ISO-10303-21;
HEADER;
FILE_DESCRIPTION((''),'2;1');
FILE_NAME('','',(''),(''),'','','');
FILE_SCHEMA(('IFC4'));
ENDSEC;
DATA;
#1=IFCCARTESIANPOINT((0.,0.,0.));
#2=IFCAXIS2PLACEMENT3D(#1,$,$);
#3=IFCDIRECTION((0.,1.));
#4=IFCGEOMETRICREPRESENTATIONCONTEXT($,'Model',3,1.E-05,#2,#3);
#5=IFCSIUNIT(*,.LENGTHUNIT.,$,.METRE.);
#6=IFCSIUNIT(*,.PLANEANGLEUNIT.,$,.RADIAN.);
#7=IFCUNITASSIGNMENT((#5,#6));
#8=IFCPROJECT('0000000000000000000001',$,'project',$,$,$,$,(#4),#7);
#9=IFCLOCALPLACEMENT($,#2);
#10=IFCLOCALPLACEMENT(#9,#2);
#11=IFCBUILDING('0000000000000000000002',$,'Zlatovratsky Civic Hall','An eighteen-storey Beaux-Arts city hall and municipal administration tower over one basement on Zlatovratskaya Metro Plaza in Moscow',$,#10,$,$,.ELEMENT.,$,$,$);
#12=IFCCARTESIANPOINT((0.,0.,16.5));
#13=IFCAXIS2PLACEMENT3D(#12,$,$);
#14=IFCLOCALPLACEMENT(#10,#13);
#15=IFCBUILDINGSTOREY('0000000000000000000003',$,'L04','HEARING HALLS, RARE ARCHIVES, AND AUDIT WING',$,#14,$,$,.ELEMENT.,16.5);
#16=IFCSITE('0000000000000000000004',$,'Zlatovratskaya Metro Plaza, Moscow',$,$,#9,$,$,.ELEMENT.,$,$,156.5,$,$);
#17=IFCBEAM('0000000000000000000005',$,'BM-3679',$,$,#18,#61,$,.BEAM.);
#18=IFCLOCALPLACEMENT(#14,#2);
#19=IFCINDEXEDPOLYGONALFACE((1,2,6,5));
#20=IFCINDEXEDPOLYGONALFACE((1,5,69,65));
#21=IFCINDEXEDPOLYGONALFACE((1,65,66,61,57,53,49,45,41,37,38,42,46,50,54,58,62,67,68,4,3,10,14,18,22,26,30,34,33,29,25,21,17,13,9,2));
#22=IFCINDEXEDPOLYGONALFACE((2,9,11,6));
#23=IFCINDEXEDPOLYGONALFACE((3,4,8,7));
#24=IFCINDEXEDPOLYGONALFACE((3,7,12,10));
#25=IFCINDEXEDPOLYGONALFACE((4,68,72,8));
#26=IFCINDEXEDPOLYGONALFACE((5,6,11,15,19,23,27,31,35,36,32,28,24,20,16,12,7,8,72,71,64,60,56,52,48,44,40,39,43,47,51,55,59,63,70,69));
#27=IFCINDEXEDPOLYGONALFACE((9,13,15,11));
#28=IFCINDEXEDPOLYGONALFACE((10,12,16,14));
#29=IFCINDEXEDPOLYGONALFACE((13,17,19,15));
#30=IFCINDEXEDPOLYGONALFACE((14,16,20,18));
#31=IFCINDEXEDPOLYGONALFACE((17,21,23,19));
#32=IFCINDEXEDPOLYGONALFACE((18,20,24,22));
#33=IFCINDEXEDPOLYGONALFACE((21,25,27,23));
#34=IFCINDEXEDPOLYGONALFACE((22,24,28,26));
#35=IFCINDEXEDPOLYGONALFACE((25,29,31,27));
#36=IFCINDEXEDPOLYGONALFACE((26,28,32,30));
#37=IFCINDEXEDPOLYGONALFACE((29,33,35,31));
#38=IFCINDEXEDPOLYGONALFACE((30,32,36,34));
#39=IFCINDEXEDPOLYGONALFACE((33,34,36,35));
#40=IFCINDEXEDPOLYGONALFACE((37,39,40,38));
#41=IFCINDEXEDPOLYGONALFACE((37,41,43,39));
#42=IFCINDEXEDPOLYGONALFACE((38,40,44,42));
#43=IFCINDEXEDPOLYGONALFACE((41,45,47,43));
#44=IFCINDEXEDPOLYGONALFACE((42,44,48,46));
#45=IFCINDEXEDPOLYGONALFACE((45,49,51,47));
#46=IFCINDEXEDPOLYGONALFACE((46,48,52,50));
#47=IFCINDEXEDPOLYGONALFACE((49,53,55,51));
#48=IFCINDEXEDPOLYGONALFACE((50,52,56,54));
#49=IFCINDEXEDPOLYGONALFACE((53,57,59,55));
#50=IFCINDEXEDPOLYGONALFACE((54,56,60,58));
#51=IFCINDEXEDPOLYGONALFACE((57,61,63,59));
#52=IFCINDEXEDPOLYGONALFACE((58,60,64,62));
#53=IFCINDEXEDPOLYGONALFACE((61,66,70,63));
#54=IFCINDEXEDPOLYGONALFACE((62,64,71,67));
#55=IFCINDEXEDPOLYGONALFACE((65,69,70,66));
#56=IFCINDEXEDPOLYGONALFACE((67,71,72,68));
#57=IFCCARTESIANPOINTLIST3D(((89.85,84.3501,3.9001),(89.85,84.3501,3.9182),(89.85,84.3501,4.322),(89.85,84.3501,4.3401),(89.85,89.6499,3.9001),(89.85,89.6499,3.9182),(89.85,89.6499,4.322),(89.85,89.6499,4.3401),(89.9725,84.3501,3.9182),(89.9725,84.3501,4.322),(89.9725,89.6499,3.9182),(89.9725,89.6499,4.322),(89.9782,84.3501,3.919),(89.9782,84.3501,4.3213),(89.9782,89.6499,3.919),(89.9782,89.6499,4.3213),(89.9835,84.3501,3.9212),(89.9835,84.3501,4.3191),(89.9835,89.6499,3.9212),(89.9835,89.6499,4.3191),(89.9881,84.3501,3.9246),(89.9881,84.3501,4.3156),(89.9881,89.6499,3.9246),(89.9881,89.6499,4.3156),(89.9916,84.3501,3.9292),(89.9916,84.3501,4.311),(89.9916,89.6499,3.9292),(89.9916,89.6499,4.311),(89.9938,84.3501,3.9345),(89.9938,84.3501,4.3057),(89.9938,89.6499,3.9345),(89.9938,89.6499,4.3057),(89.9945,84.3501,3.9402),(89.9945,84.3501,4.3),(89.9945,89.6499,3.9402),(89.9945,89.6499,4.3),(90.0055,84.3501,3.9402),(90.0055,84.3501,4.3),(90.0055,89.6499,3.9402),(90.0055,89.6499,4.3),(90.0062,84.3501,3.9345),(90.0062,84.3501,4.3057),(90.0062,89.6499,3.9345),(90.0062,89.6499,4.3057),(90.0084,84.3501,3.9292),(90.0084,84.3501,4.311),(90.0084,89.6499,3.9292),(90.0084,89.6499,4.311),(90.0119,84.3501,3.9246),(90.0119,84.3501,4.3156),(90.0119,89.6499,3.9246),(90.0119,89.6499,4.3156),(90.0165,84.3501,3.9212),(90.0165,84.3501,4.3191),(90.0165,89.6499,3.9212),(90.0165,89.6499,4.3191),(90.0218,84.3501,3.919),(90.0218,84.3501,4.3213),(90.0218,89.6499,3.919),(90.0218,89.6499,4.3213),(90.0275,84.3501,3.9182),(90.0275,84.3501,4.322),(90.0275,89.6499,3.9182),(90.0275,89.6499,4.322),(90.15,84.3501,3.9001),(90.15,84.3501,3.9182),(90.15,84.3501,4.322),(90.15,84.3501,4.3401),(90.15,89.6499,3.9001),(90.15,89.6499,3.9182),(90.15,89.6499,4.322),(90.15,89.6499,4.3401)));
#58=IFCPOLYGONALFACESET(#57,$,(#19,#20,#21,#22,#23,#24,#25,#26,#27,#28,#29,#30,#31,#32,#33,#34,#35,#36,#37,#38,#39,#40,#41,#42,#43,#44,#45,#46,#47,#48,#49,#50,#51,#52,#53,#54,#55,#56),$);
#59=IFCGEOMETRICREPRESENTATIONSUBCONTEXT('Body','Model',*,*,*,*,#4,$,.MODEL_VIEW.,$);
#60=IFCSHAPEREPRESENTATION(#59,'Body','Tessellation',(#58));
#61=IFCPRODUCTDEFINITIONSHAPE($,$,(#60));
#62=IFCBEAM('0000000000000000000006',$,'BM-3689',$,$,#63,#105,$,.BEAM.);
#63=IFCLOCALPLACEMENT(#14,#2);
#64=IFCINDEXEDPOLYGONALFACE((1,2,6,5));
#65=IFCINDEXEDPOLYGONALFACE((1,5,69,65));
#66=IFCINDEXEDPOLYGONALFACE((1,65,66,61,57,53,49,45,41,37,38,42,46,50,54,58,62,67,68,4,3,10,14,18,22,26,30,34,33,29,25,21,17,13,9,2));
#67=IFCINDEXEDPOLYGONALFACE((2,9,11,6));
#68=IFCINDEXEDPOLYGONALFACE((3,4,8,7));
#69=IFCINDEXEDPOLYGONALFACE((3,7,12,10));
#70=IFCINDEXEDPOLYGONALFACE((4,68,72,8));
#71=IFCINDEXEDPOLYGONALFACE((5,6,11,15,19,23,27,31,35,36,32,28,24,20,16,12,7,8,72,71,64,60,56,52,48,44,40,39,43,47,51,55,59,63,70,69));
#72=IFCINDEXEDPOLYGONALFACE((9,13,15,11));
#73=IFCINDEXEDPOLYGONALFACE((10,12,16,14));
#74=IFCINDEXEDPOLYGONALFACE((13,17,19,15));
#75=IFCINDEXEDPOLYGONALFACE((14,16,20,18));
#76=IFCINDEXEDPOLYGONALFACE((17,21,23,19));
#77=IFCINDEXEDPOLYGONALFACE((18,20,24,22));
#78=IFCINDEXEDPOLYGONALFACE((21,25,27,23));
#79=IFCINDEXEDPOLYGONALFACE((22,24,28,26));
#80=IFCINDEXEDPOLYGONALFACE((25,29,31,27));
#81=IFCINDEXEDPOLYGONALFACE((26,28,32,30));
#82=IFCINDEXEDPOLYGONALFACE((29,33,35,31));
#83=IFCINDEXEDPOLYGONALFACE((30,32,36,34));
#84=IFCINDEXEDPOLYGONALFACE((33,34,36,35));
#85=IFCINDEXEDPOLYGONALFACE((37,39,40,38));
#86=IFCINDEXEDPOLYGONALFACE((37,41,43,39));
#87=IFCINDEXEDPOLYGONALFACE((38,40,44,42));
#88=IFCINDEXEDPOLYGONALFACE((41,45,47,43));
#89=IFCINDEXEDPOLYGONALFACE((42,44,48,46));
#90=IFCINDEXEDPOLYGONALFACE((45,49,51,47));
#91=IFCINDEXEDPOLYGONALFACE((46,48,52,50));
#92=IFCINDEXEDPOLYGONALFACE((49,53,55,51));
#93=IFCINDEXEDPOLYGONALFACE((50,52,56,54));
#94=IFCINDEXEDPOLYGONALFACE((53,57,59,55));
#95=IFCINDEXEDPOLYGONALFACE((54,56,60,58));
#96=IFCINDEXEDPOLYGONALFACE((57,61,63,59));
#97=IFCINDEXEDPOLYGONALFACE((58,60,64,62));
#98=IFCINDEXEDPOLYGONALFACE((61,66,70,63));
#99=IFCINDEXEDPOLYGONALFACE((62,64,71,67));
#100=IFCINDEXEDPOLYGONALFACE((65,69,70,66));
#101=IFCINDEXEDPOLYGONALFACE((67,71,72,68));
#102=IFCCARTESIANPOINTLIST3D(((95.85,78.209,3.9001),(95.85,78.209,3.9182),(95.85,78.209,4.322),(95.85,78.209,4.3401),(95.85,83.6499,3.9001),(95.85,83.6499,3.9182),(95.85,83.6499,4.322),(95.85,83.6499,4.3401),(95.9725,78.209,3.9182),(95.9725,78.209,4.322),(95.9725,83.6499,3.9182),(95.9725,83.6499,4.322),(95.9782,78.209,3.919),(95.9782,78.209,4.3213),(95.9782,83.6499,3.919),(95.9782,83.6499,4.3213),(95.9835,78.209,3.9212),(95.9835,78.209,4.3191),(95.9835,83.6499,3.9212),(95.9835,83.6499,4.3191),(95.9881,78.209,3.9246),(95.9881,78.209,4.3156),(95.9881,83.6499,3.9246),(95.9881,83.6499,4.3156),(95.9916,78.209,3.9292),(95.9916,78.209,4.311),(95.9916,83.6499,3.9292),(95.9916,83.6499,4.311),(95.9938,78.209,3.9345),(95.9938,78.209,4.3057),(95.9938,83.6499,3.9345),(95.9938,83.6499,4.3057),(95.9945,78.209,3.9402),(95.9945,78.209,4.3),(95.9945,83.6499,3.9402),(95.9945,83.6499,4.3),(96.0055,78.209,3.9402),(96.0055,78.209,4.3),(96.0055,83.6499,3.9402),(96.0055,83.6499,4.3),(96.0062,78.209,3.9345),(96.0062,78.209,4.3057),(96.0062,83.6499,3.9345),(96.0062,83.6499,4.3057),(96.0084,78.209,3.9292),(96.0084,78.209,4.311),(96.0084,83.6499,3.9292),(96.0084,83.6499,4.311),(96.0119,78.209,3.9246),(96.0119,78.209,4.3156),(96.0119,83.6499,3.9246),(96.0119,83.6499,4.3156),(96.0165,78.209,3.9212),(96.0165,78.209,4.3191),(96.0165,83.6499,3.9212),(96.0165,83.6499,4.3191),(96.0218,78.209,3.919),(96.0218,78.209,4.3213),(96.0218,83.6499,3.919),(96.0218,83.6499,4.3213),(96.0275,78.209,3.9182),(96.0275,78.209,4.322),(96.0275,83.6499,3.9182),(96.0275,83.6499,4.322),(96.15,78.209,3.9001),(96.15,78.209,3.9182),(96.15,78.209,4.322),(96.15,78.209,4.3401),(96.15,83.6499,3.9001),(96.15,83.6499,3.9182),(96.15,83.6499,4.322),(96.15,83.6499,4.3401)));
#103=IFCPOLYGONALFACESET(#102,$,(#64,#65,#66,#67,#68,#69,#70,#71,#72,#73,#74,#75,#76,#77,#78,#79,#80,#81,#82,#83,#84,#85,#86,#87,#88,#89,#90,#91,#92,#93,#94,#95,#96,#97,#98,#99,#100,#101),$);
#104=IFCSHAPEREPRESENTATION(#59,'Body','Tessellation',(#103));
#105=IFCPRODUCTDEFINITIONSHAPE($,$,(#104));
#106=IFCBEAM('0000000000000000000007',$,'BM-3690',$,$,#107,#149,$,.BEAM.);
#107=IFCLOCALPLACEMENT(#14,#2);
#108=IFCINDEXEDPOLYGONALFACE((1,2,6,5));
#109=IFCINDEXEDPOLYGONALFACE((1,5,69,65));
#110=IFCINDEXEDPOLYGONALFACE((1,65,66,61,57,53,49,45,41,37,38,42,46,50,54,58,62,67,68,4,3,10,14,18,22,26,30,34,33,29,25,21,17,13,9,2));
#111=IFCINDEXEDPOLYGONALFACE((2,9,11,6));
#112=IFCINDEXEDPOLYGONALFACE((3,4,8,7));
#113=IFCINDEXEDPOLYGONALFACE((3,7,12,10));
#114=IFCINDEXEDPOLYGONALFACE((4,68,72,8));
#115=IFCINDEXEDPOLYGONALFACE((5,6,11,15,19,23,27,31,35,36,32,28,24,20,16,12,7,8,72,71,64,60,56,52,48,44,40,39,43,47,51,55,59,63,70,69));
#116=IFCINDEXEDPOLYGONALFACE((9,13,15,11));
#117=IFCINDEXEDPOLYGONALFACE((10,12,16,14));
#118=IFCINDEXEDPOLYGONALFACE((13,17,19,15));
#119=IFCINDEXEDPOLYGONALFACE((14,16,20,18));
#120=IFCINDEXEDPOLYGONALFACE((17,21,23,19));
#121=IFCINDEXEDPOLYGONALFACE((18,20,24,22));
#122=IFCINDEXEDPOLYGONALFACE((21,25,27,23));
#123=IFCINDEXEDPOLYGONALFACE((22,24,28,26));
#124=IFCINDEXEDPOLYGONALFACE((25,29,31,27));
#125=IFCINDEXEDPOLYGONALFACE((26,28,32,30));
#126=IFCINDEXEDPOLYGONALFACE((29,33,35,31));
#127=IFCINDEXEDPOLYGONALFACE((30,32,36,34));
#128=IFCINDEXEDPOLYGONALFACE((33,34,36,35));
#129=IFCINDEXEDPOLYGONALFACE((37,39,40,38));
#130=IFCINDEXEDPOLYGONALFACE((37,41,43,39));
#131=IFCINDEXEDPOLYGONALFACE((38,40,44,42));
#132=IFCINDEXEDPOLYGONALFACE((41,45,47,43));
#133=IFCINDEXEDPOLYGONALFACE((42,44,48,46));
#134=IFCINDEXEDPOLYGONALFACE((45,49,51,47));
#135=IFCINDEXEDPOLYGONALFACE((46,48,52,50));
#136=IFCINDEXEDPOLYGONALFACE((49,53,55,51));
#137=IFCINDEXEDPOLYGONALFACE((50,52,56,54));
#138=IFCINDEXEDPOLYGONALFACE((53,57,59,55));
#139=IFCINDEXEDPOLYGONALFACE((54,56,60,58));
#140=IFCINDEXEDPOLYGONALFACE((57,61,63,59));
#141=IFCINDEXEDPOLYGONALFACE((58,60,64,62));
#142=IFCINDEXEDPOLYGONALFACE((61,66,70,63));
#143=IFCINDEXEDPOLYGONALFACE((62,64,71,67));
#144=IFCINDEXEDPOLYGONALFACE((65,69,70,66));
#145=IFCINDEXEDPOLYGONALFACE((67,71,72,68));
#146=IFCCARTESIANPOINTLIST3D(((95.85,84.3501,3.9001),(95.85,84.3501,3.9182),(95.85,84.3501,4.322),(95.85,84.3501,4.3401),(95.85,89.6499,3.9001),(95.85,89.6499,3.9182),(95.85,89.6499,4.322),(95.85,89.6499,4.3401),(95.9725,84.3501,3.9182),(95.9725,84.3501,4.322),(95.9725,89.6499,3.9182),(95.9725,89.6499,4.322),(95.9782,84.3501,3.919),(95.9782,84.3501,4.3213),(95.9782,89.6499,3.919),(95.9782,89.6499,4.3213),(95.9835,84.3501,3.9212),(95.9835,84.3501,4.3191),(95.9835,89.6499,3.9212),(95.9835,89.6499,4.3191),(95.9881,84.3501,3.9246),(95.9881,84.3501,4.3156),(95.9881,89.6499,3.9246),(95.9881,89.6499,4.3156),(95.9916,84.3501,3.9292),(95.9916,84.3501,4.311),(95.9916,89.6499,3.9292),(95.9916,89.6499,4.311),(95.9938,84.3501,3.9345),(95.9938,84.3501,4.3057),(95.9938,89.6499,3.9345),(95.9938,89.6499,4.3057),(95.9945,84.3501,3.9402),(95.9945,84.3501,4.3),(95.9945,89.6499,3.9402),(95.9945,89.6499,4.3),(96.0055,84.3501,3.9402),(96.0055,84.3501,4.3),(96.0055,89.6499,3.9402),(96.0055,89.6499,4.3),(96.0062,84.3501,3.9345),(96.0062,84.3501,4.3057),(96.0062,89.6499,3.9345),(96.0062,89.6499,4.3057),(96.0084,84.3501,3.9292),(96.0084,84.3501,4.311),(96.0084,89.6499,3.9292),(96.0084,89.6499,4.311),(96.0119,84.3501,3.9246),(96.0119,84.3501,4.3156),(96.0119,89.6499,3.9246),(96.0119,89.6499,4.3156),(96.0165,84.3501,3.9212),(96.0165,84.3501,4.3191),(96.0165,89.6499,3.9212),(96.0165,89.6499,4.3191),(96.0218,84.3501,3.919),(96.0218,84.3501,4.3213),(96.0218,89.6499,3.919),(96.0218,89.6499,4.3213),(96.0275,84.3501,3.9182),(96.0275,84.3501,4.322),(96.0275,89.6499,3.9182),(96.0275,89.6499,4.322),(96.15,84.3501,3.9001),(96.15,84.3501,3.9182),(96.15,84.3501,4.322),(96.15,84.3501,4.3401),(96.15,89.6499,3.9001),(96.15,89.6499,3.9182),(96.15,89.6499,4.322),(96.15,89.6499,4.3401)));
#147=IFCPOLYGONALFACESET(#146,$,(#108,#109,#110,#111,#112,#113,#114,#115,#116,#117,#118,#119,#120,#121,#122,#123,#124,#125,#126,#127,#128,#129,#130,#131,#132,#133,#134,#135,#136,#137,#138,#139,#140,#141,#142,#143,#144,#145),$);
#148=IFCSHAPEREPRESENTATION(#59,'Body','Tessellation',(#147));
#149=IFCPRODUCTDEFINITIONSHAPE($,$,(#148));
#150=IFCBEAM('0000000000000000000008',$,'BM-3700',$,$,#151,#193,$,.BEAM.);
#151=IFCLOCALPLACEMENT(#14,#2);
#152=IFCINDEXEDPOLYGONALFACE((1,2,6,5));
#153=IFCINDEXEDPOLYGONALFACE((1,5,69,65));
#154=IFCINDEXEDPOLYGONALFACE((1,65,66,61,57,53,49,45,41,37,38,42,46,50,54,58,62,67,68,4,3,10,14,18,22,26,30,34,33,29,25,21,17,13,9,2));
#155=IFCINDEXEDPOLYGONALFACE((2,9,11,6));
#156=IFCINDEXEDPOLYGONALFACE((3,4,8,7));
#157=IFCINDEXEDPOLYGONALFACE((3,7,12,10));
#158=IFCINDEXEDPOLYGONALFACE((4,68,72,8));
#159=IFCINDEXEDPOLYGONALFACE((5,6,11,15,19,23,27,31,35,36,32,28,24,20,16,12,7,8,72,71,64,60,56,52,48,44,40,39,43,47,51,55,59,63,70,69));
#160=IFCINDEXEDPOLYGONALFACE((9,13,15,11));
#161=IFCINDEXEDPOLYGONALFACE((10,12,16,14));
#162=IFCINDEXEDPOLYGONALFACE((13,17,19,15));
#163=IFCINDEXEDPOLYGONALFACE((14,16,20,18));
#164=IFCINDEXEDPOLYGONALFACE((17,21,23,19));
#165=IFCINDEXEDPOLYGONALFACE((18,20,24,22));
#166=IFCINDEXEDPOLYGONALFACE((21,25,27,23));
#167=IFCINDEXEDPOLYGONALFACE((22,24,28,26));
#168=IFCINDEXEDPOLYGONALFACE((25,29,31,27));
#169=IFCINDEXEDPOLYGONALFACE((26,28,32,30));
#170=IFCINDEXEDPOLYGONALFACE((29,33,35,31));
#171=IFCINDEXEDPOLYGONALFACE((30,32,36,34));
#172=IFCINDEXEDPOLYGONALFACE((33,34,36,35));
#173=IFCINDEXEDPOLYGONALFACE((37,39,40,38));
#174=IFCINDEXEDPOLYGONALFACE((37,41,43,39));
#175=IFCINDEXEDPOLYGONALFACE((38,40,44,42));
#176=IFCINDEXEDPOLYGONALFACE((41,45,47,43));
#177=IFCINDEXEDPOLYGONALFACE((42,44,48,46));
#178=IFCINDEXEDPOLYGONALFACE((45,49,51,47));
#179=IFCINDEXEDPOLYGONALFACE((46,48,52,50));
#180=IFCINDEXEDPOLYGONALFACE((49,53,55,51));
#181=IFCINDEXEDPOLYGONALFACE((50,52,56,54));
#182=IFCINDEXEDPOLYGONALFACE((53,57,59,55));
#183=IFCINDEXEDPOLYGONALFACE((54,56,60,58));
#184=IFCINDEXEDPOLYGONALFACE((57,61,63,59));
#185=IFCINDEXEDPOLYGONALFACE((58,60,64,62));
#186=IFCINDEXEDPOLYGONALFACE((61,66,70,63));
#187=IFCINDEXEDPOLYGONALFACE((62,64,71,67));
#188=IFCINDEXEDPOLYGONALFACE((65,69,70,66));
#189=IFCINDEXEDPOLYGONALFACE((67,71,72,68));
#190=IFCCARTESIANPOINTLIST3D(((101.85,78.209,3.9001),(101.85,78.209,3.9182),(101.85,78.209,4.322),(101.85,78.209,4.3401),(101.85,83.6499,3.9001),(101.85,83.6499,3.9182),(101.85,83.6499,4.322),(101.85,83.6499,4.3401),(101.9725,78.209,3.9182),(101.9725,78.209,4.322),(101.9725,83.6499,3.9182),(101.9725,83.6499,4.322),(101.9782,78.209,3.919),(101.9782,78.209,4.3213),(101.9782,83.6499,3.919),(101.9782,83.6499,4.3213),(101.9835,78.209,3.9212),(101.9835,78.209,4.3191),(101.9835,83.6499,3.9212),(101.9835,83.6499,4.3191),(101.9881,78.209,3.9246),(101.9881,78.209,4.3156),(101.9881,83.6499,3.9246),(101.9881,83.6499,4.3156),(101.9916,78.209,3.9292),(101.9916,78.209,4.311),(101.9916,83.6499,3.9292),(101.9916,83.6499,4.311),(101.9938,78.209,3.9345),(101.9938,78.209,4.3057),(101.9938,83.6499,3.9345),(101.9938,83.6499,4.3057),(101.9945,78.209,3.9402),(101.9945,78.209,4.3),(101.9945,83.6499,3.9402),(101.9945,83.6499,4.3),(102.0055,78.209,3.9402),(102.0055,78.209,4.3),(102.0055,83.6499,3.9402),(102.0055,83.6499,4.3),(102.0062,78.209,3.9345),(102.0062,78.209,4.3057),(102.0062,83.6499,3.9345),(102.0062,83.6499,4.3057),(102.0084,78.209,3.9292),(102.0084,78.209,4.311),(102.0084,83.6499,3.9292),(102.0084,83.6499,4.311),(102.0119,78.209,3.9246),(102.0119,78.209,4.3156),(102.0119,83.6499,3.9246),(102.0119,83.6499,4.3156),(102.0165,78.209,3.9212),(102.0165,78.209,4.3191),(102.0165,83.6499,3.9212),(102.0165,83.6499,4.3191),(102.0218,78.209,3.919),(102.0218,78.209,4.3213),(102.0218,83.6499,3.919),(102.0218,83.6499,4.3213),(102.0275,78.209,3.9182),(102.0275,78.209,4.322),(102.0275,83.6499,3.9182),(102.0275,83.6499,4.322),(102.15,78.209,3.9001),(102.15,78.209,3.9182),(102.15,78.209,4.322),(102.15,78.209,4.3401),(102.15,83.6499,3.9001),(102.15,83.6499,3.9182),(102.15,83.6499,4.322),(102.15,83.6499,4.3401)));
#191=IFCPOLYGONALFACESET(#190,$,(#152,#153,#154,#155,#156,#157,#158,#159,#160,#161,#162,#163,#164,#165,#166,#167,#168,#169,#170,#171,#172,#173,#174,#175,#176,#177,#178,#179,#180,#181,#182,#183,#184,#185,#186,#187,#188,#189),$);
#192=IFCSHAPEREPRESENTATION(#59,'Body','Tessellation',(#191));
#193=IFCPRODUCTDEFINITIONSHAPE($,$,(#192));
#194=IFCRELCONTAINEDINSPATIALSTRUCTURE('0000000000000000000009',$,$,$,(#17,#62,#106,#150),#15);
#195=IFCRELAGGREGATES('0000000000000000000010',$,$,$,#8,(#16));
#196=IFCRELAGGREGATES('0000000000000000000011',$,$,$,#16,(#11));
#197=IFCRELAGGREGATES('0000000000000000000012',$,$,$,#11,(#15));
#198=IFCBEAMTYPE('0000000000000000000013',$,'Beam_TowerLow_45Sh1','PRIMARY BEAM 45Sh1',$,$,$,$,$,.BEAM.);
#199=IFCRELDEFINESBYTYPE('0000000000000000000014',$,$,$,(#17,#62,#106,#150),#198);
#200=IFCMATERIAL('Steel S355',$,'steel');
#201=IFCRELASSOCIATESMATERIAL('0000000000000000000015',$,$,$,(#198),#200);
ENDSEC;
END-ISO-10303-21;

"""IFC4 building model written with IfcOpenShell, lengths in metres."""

from ifc_helpers import new_model, si_unit, direction, frame, origin, origin_2d, place, context, subcontext, project, spatial, i_section, extrude, material, material_profile, profile_set, type_object, element, save


model = new_model("IFC4")

# Units and contexts
model_context = context("Model", 3, precision=1e-05, world=origin(), true_north=direction((0.0, 1.0)))
body_context = subcontext(model_context, "Body", "Model", "MODEL_VIEW")
ifc_project = project(units=[si_unit("LENGTHUNIT", "METRE"), si_unit("PLANEANGLEUNIT", "RADIAN")], contexts=[model_context])

# Site, building, storey
site_placement = place(None, origin())
site = spatial("IfcSite", under=ifc_project, at=site_placement, Name="Zlatovratskaya Metro Plaza, Moscow", CompositionType="ELEMENT", RefElevation=156.5)
building_placement = place(site_placement, origin())
building = spatial("IfcBuilding", under=site, at=building_placement, Name="Zlatovratsky Civic Hall", Description="An eighteen-storey Beaux-Arts city hall and municipal administration tower over one basement on Zlatovratskaya Metro Plaza in Moscow", CompositionType="ELEMENT")
storey_placement = place(building_placement, frame((0.0, 0.0, 16.5)))
storey = spatial("IfcBuildingStorey", under=building, at=storey_placement, Name="L04", Description="HEARING HALLS, RARE ARCHIVES, AND AUDIT WING", CompositionType="ELEMENT", Elevation=16.5)

# Shared definitions
ifc_material_1 = material(Name="Steel S355", Category="steel")

# Beams
ifc_material_profile_1 = material_profile(ifc_material_1, i_section(OverallWidth=0.3, OverallDepth=0.4399, WebThickness=0.011, FlangeThickness=0.0181, FilletRadius=0.022, at=origin_2d()), Name="45Sh1")
ifc_profile_set_1 = profile_set([ifc_material_profile_1], Name="Steel S355")
beam_type = type_object("IfcBeamType", Name="Beam_TowerLow_45Sh1", Description="PRIMARY BEAM 45Sh1", PredefinedType="BEAM", material=ifc_profile_set_1)
beam_1_placement = place(storey_placement, frame((90.0, 84.3501, 4.1201), z_axis=(0.0, 1.0, 0.0), x_axis=(-1.0, 0.0, 0.0)))
element("IfcBeam", 1, at=beam_1_placement, inside=storey, type_object=beam_type, Name="BM-3679", PredefinedType="BEAM", context=body_context, shape_type="SweptSolid", body=[
    extrude(i_section(OverallWidth=0.3, OverallDepth=0.4399, WebThickness=0.011, FlangeThickness=0.0181, FilletRadius=0.022, at=origin_2d()), origin(), (0.0, 0.0, 1.0), 5.2998),
])
beam_2_placement = place(storey_placement, frame((96.0, 78.209, 4.1201), z_axis=(0.0, 1.0, 0.0), x_axis=(-1.0, 0.0, 0.0)))
element("IfcBeam", 2, at=beam_2_placement, inside=storey, type_object=beam_type, Name="BM-3689", PredefinedType="BEAM", context=body_context, shape_type="SweptSolid", body=[
    extrude(i_section(OverallWidth=0.3, OverallDepth=0.4399, WebThickness=0.011, FlangeThickness=0.0181, FilletRadius=0.022, at=origin_2d()), origin(), (0.0, 0.0, 1.0), 5.4409),
])
beam_3_placement = place(storey_placement, frame((96.0, 84.3501, 4.1201), z_axis=(0.0, 1.0, 0.0), x_axis=(-1.0, 0.0, 0.0)))
element("IfcBeam", 3, at=beam_3_placement, inside=storey, type_object=beam_type, Name="BM-3690", PredefinedType="BEAM", context=body_context, shape_type="SweptSolid", body=[
    extrude(i_section(OverallWidth=0.3, OverallDepth=0.4399, WebThickness=0.011, FlangeThickness=0.0181, FilletRadius=0.022, at=origin_2d()), origin(), (0.0, 0.0, 1.0), 5.2998),
])
beam_4_placement = place(storey_placement, frame((102.0, 78.209, 4.1201), z_axis=(0.0, 1.0, 0.0), x_axis=(-1.0, 0.0, 0.0)))
element("IfcBeam", 4, at=beam_4_placement, inside=storey, type_object=beam_type, Name="BM-3700", PredefinedType="BEAM", context=body_context, shape_type="SweptSolid", body=[
    extrude(i_section(OverallWidth=0.3, OverallDepth=0.4399, WebThickness=0.011, FlangeThickness=0.0181, FilletRadius=0.022, at=origin_2d()), origin(), (0.0, 0.0, 1.0), 5.4409),
])

save(model, "model.ifc")
